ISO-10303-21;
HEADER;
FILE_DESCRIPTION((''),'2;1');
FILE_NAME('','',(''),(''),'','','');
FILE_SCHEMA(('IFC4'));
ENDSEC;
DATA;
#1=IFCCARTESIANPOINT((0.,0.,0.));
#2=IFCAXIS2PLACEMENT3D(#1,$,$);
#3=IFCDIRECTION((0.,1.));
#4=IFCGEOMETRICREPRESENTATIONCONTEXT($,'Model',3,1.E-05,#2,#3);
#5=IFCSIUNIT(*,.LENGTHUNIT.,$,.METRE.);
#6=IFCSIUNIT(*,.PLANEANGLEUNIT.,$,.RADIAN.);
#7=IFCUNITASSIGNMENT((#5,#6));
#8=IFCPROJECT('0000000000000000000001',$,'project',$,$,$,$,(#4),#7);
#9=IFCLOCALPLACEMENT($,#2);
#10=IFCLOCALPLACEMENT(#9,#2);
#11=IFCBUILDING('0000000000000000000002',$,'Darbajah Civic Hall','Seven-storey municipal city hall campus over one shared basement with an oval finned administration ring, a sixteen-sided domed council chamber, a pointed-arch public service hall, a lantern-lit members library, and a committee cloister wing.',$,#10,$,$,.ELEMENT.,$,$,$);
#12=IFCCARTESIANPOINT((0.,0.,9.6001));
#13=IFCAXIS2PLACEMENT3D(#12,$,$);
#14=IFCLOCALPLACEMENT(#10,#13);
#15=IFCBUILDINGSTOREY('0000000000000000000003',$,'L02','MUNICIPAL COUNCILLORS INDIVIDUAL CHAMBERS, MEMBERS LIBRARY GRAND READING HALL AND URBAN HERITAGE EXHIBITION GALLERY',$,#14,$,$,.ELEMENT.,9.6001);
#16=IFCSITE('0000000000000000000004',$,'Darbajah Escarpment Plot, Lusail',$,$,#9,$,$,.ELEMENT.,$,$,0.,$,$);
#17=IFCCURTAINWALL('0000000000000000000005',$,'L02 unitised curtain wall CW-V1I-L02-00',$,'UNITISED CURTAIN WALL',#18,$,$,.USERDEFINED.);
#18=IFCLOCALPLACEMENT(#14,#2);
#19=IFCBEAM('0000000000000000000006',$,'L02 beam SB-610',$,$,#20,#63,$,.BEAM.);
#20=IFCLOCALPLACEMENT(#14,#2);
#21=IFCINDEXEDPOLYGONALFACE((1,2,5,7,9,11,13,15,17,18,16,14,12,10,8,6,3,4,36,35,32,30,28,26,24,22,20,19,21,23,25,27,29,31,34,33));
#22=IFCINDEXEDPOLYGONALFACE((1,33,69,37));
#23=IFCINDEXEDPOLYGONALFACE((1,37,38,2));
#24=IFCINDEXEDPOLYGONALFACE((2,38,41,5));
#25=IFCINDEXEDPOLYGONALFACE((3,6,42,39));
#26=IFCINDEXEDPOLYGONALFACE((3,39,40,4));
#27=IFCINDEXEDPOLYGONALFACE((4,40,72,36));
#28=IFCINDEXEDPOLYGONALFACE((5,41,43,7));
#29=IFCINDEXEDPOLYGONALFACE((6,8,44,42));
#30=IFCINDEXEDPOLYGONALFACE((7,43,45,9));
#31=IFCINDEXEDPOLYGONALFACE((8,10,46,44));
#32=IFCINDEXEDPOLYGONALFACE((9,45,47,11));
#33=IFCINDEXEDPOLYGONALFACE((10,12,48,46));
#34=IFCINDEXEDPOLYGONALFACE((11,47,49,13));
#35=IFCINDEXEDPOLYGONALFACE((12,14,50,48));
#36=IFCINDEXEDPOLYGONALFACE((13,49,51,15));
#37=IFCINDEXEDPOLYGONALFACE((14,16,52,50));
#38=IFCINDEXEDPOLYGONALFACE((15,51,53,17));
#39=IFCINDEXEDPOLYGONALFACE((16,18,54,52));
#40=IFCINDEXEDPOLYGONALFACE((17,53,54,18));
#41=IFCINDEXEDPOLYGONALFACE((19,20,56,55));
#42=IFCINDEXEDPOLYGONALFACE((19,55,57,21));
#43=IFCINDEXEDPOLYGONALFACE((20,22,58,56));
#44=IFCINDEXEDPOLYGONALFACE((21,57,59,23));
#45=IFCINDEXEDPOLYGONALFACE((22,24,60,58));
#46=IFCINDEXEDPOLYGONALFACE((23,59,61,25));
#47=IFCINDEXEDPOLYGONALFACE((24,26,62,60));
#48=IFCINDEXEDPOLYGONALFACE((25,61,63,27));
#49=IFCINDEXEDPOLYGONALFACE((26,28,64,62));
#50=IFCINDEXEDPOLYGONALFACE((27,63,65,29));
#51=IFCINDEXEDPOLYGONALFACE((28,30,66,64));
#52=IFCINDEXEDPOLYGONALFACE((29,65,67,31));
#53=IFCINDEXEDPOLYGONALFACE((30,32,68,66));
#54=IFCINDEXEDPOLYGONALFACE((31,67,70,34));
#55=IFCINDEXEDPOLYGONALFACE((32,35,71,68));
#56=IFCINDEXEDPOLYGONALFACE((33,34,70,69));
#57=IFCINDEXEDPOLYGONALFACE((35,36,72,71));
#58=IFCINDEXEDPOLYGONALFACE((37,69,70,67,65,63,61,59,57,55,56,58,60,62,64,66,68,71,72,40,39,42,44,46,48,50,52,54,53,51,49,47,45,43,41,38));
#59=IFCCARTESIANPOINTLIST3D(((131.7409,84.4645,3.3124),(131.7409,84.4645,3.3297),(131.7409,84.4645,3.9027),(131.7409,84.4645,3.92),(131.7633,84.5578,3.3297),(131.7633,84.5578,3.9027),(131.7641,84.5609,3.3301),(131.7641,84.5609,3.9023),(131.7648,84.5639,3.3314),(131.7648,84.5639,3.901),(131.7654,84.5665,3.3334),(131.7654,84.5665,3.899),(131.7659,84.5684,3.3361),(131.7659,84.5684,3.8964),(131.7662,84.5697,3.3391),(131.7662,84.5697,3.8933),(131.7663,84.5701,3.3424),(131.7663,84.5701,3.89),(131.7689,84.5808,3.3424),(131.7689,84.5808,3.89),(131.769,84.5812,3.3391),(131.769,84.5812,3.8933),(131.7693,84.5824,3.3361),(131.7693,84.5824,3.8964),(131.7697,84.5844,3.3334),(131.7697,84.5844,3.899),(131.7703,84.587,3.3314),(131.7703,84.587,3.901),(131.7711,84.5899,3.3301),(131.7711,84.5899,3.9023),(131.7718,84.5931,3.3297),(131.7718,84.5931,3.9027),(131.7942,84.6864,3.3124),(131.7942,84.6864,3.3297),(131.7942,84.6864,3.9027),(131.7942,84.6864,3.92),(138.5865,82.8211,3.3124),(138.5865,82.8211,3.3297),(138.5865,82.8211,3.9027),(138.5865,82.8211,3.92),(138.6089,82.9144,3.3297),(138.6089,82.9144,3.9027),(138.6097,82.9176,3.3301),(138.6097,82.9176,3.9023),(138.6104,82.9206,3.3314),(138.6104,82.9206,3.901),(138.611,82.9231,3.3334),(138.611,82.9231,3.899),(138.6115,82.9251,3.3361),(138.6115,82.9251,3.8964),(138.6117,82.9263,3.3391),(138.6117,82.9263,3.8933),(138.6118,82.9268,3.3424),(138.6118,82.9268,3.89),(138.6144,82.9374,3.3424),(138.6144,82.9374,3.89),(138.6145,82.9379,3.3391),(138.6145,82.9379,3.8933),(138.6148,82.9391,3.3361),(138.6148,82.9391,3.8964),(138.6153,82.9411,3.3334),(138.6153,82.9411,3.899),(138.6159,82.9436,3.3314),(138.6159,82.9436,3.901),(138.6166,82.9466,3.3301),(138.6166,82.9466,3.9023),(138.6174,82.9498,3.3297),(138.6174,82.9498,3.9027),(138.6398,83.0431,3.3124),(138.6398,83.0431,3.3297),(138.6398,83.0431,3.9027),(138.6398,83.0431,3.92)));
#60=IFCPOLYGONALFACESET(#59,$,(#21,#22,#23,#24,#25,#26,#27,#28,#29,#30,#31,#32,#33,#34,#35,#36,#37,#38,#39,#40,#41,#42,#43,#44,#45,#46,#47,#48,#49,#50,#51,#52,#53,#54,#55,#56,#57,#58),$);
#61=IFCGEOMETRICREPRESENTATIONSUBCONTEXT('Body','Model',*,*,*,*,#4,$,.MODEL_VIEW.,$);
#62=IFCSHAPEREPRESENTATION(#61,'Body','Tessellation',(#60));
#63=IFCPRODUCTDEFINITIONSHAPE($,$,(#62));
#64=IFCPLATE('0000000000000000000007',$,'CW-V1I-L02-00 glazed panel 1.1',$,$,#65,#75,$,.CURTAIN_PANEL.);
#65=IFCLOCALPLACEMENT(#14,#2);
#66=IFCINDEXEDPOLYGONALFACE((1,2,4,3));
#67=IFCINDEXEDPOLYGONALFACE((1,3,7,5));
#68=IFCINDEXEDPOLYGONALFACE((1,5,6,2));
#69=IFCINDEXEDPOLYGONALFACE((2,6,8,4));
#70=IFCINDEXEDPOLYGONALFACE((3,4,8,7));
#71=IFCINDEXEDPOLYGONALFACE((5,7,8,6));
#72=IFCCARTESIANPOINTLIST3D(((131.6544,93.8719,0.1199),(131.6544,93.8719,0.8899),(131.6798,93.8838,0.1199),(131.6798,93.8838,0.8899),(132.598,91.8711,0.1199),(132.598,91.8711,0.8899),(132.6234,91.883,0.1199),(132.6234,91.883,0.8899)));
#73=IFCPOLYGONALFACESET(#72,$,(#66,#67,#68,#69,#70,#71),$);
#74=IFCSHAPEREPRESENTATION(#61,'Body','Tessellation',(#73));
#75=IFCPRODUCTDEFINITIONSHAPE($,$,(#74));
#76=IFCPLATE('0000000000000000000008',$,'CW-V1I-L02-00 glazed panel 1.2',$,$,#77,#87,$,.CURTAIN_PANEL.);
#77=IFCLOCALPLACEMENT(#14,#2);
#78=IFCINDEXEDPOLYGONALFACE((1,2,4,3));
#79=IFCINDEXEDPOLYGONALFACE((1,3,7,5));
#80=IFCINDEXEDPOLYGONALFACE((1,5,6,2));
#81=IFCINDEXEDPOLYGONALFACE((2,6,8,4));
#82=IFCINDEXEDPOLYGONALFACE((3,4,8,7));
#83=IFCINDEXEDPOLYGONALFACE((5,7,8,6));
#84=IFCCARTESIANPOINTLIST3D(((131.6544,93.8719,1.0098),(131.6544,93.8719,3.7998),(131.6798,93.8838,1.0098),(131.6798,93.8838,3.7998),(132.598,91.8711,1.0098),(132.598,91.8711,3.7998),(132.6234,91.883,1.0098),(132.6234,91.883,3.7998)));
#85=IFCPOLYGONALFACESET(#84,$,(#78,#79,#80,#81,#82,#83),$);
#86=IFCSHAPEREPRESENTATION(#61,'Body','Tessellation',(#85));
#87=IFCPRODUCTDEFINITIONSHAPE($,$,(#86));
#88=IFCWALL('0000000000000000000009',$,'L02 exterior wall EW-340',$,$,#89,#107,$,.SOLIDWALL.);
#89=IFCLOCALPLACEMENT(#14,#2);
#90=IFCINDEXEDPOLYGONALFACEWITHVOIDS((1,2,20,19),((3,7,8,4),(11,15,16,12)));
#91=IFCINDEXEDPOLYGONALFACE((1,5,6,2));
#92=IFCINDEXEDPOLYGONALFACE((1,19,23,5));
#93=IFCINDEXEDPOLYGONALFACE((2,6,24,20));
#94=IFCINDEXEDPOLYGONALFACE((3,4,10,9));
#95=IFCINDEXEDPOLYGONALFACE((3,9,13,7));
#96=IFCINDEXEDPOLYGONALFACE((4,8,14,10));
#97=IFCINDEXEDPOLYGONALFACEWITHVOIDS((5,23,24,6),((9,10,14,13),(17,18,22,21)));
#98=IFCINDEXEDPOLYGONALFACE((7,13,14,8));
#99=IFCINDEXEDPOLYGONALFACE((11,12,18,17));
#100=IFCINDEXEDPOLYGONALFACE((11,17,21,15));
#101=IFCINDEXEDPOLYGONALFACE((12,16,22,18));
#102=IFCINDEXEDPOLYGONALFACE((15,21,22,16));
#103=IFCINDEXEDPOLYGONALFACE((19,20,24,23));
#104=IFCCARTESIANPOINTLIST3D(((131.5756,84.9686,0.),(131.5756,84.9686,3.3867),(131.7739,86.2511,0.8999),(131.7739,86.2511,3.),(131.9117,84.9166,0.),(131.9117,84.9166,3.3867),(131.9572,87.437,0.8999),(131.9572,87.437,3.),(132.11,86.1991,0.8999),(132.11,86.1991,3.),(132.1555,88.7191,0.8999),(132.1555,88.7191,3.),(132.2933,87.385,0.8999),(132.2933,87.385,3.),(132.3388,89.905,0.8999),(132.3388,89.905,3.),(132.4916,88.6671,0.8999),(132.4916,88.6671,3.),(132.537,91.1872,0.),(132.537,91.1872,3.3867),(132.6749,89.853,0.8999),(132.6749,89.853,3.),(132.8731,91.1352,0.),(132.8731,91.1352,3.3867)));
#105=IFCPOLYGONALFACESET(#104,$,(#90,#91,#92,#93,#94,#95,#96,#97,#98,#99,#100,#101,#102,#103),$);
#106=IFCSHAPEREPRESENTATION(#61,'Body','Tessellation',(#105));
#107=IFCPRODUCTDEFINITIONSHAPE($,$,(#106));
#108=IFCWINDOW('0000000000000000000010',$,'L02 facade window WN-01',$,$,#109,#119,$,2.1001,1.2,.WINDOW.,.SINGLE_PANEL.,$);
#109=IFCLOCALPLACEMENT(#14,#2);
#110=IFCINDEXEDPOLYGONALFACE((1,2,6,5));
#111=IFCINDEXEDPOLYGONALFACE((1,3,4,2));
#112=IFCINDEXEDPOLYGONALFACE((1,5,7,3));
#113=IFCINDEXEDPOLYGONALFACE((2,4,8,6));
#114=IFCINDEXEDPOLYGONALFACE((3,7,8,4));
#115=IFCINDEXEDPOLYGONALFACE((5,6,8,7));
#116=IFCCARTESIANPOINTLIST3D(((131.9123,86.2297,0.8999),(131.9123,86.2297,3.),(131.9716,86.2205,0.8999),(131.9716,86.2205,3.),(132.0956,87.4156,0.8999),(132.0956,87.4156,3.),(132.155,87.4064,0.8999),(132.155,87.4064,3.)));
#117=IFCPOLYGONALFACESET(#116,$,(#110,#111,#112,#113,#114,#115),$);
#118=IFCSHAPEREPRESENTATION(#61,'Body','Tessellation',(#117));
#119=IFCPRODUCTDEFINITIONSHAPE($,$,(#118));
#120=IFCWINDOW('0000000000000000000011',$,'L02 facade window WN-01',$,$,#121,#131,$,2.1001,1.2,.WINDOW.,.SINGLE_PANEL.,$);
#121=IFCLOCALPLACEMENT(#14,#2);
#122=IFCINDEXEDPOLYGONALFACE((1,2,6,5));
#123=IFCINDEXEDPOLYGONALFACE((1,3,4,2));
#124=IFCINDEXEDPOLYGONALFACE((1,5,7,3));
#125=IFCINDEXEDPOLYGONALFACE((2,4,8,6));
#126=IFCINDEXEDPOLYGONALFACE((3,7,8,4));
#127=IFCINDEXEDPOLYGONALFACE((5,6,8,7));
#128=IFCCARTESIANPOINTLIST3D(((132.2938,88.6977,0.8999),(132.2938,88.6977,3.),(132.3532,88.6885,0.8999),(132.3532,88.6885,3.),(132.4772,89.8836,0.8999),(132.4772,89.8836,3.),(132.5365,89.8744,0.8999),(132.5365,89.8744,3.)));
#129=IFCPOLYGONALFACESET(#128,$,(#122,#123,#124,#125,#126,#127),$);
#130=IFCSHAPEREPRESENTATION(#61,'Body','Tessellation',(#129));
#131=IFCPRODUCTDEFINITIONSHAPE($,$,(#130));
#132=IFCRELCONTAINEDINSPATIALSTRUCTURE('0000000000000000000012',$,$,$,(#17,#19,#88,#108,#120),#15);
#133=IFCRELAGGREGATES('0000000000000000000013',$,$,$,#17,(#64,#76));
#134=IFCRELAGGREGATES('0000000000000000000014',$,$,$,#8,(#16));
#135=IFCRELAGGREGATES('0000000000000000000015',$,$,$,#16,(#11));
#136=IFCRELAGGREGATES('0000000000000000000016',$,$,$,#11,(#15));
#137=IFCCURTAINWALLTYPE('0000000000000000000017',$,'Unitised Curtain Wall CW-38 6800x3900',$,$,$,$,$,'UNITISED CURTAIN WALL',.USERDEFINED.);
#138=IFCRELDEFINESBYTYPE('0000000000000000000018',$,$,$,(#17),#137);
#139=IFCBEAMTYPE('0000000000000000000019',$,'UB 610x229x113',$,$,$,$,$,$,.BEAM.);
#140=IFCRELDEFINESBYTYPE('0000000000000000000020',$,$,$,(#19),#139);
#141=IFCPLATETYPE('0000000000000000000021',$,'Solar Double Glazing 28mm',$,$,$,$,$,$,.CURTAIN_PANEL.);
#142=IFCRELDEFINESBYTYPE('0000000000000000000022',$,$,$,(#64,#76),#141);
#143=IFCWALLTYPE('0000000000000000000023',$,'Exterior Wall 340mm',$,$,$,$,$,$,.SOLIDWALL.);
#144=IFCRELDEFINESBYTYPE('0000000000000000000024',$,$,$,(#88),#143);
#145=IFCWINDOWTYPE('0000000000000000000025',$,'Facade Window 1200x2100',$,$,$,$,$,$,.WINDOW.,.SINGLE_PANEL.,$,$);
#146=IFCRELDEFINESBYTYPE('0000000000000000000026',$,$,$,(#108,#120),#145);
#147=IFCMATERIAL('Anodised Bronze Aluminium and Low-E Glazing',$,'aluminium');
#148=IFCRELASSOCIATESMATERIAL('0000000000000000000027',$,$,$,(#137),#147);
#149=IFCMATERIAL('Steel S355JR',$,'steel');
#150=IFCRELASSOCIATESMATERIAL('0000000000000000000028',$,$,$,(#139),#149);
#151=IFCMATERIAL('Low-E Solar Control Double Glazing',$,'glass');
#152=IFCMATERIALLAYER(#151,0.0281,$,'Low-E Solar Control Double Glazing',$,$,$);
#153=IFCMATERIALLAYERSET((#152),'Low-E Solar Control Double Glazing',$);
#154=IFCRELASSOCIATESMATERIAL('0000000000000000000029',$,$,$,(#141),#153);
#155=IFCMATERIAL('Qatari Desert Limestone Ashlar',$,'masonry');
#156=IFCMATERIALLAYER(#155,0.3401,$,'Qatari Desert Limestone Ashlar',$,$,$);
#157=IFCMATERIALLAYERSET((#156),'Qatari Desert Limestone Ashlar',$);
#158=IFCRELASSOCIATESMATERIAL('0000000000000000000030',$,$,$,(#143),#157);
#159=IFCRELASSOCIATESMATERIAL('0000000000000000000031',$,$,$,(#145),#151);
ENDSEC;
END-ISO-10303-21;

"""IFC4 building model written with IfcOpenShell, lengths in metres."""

from ifc_helpers import new_model, si_unit, direction, frame, frame_2d, origin, origin_2d, place, context, subcontext, project, spatial, rectangle, i_section, extrude, material, layer, layer_set, material_profile, profile_set, type_object, element, fill, aggregate, save


model = new_model("IFC4")

# Units and contexts
model_context = context("Model", 3, precision=1e-05, world=origin(), true_north=direction((0.0, 1.0)))
body_context = subcontext(model_context, "Body", "Model", "MODEL_VIEW")
ifc_project = project(units=[si_unit("LENGTHUNIT", "METRE"), si_unit("PLANEANGLEUNIT", "RADIAN")], contexts=[model_context])

# Site, building, storey
site_placement = place(None, origin())
site = spatial("IfcSite", under=ifc_project, at=site_placement, Name="Darbajah Escarpment Plot, Lusail", CompositionType="ELEMENT", RefElevation=0.0)
building_placement = place(site_placement, origin())
building = spatial("IfcBuilding", under=site, at=building_placement, Name="Darbajah Civic Hall", Description="Seven-storey municipal city hall campus over one shared basement with an oval finned administration ring, a sixteen-sided domed council chamber, a pointed-arch public service hall, a lantern-lit members library, and a committee cloister wing.", CompositionType="ELEMENT")
storey_placement = place(building_placement, frame((0.0, 0.0, 9.6001)))
storey = spatial("IfcBuildingStorey", under=building, at=storey_placement, Name="L02", Description="MUNICIPAL COUNCILLORS INDIVIDUAL CHAMBERS, MEMBERS LIBRARY GRAND READING HALL AND URBAN HERITAGE EXHIBITION GALLERY", CompositionType="ELEMENT", Elevation=9.6001)

# Curtain wall
ifc_material_1 = material(Name="Anodised Bronze Aluminium and Low-E Glazing", Category="aluminium")
curtain_wall_type_1 = type_object("IfcCurtainWallType", Name="Unitised Curtain Wall CW-38 6800x3900", ElementType="UNITISED CURTAIN WALL", PredefinedType="USERDEFINED", material=ifc_material_1)
curtain_wall_1_placement = place(storey_placement, origin())
curtain_wall_1 = element("IfcCurtainWall", 1, at=curtain_wall_1_placement, inside=storey, type_object=curtain_wall_type_1, Name="L02 unitised curtain wall CW-V1I-L02-00", ObjectType="UNITISED CURTAIN WALL", PredefinedType="USERDEFINED")

# Beam
ifc_material_2 = material(Name="Steel S355JR", Category="steel")
ifc_material_profile_1 = material_profile(ifc_material_2, i_section(OverallWidth=0.2283, OverallDepth=0.6077, WebThickness=0.011, FlangeThickness=0.0173, FilletRadius=0.0127, at=origin_2d()), Name="UB 610x229x113")
ifc_profile_set_1 = profile_set([ifc_material_profile_1], Name="Steel S355JR")
beam_type_1 = type_object("IfcBeamType", Name="UB 610x229x113", PredefinedType="BEAM", material=ifc_profile_set_1)
for number, where, z_axis, x_axis, name in (
    (2, (131.7676, 84.5754, 3.6162), (0.972374, -0.233427, 0.0), (0.233427, 0.972374, 0.0), "L02 beam SB-610"),
):
    element("IfcBeam", number, at=place(storey_placement, frame(where, z_axis=z_axis, x_axis=x_axis)), inside=storey, type_object=beam_type_1, Name=name, PredefinedType="BEAM", context=body_context, shape_type="SweptSolid", body=[
        extrude(i_section(OverallWidth=0.2283, OverallDepth=0.6077, WebThickness=0.011, FlangeThickness=0.0173, FilletRadius=0.0127, at=origin_2d()), origin(), (0.0, 0.0, 1.0), 7.04),
    ])

# Plates
ifc_material_3 = material(Name="Low-E Solar Control Double Glazing", Category="glass")
ifc_layer_1 = layer(ifc_material_3, 0.0281, Name="Low-E Solar Control Double Glazing")
ifc_layer_set_1 = layer_set([ifc_layer_1], Name="Low-E Solar Control Double Glazing")
plate_type = type_object("IfcPlateType", Name="Solar Double Glazing 28mm", PredefinedType="CURTAIN_PANEL", material=ifc_layer_set_1)
plate_1_placement = place(storey_placement, frame((132.1389, 92.8774, 0.1199), z_axis=(0.0, 0.0, 1.0), x_axis=(-0.426569, 0.904455, 0.0)))
plate_1 = element("IfcPlate", 3, at=plate_1_placement, type_object=plate_type, Name="CW-V1I-L02-00 glazed panel 1.1", PredefinedType="CURTAIN_PANEL", context=body_context, shape_type="SweptSolid", body=[
    extrude(rectangle(XDim=2.2122, YDim=0.0281, at=origin_2d()), origin(), (0.0, 0.0, 1.0), 0.77),
])
plate_2_placement = place(storey_placement, frame((132.1389, 92.8774, 1.0098), z_axis=(0.0, 0.0, 1.0), x_axis=(-0.426569, 0.904455, 0.0)))
plate_2 = element("IfcPlate", 4, at=plate_2_placement, type_object=plate_type, Name="CW-V1I-L02-00 glazed panel 1.2", PredefinedType="CURTAIN_PANEL", context=body_context, shape_type="SweptSolid", body=[
    extrude(rectangle(XDim=2.2122, YDim=0.0281, at=origin_2d()), origin(), (0.0, 0.0, 1.0), 2.79),
])
aggregate(curtain_wall_1, [plate_1, plate_2])

# Wall, openings, windows
ifc_material_4 = material(Name="Qatari Desert Limestone Ashlar", Category="masonry")
ifc_layer_2 = layer(ifc_material_4, 0.3401, Name="Qatari Desert Limestone Ashlar")
ifc_layer_set_2 = layer_set([ifc_layer_2], Name="Qatari Desert Limestone Ashlar")
wall_type = type_object("IfcWallType", Name="Exterior Wall 340mm", PredefinedType="SOLIDWALL", material=ifc_layer_set_2)
wall_placement = place(storey_placement, frame((131.7437, 84.9426, 0.0), z_axis=(0.0, 0.0, 1.0), x_axis=(0.152792, 0.988258, 0.0)))
wall = element("IfcWall", 5, at=wall_placement, inside=storey, type_object=wall_type, Name="L02 exterior wall EW-340", PredefinedType="SOLIDWALL", context=body_context, shape_type="SweptSolid", body=[
    extrude(rectangle(XDim=6.2925, YDim=0.3401, at=frame_2d((3.1462, 0.0))), origin(), (0.0, 0.0, 1.0), 3.3867),
])
opening_1_placement = place(wall_placement, frame((1.2976, 0.0, 0.8999)))
opening_1 = element("IfcOpeningElement", 6, at=opening_1_placement, cuts=wall, PredefinedType="OPENING", context=body_context, shape_type="SweptSolid", body=[
    extrude(rectangle(XDim=1.2, YDim=2.1001, at=frame_2d((0.6001, 1.05))), frame((0.0, 0.1799, 0.0), z_axis=(0.0, -1.0, 0.0), x_axis=(1.0, 0.0, 0.0)), (0.0, 0.0, 1.0), 0.3601),
])
opening_2_placement = place(wall_placement, frame((3.7949, 0.0, 0.8999)))
opening_2 = element("IfcOpeningElement", 7, at=opening_2_placement, cuts=wall, PredefinedType="OPENING", context=body_context, shape_type="SweptSolid", body=[
    extrude(rectangle(XDim=1.2, YDim=2.1001, at=frame_2d((0.6001, 1.05))), frame((0.0, 0.1799, 0.0), z_axis=(0.0, -1.0, 0.0), x_axis=(1.0, 0.0, 0.0)), (0.0, 0.0, 1.0), 0.3601),
])
window_type = type_object("IfcWindowType", Name="Facade Window 1200x2100", PartitioningType="SINGLE_PANEL", PredefinedType="WINDOW", material=ifc_material_3)
window_1_placement = place(opening_1_placement, origin())
window_1 = element("IfcWindow", 8, at=window_1_placement, inside=storey, type_object=window_type, Name="L02 facade window WN-01", OverallHeight=2.1001, OverallWidth=1.2, PartitioningType="SINGLE_PANEL", PredefinedType="WINDOW", context=body_context, shape_type="SweptSolid", body=[
    extrude(rectangle(XDim=1.2, YDim=2.1001, at=frame_2d((0.6001, 1.05))), frame((0.0, 0.03, 0.0), z_axis=(0.0, -1.0, 0.0), x_axis=(1.0, 0.0, 0.0)), (0.0, 0.0, 1.0), 0.0601),
])
fill(opening_1, window_1)
window_2_placement = place(opening_2_placement, origin())
window_2 = element("IfcWindow", 9, at=window_2_placement, inside=storey, type_object=window_type, Name="L02 facade window WN-01", OverallHeight=2.1001, OverallWidth=1.2, PartitioningType="SINGLE_PANEL", PredefinedType="WINDOW", context=body_context, shape_type="SweptSolid", body=[
    extrude(rectangle(XDim=1.2, YDim=2.1001, at=frame_2d((0.6001, 1.05))), frame((0.0, 0.03, 0.0), z_axis=(0.0, -1.0, 0.0), x_axis=(1.0, 0.0, 0.0)), (0.0, 0.0, 1.0), 0.0601),
])
fill(opening_2, window_2)

save(model, "model.ifc")
